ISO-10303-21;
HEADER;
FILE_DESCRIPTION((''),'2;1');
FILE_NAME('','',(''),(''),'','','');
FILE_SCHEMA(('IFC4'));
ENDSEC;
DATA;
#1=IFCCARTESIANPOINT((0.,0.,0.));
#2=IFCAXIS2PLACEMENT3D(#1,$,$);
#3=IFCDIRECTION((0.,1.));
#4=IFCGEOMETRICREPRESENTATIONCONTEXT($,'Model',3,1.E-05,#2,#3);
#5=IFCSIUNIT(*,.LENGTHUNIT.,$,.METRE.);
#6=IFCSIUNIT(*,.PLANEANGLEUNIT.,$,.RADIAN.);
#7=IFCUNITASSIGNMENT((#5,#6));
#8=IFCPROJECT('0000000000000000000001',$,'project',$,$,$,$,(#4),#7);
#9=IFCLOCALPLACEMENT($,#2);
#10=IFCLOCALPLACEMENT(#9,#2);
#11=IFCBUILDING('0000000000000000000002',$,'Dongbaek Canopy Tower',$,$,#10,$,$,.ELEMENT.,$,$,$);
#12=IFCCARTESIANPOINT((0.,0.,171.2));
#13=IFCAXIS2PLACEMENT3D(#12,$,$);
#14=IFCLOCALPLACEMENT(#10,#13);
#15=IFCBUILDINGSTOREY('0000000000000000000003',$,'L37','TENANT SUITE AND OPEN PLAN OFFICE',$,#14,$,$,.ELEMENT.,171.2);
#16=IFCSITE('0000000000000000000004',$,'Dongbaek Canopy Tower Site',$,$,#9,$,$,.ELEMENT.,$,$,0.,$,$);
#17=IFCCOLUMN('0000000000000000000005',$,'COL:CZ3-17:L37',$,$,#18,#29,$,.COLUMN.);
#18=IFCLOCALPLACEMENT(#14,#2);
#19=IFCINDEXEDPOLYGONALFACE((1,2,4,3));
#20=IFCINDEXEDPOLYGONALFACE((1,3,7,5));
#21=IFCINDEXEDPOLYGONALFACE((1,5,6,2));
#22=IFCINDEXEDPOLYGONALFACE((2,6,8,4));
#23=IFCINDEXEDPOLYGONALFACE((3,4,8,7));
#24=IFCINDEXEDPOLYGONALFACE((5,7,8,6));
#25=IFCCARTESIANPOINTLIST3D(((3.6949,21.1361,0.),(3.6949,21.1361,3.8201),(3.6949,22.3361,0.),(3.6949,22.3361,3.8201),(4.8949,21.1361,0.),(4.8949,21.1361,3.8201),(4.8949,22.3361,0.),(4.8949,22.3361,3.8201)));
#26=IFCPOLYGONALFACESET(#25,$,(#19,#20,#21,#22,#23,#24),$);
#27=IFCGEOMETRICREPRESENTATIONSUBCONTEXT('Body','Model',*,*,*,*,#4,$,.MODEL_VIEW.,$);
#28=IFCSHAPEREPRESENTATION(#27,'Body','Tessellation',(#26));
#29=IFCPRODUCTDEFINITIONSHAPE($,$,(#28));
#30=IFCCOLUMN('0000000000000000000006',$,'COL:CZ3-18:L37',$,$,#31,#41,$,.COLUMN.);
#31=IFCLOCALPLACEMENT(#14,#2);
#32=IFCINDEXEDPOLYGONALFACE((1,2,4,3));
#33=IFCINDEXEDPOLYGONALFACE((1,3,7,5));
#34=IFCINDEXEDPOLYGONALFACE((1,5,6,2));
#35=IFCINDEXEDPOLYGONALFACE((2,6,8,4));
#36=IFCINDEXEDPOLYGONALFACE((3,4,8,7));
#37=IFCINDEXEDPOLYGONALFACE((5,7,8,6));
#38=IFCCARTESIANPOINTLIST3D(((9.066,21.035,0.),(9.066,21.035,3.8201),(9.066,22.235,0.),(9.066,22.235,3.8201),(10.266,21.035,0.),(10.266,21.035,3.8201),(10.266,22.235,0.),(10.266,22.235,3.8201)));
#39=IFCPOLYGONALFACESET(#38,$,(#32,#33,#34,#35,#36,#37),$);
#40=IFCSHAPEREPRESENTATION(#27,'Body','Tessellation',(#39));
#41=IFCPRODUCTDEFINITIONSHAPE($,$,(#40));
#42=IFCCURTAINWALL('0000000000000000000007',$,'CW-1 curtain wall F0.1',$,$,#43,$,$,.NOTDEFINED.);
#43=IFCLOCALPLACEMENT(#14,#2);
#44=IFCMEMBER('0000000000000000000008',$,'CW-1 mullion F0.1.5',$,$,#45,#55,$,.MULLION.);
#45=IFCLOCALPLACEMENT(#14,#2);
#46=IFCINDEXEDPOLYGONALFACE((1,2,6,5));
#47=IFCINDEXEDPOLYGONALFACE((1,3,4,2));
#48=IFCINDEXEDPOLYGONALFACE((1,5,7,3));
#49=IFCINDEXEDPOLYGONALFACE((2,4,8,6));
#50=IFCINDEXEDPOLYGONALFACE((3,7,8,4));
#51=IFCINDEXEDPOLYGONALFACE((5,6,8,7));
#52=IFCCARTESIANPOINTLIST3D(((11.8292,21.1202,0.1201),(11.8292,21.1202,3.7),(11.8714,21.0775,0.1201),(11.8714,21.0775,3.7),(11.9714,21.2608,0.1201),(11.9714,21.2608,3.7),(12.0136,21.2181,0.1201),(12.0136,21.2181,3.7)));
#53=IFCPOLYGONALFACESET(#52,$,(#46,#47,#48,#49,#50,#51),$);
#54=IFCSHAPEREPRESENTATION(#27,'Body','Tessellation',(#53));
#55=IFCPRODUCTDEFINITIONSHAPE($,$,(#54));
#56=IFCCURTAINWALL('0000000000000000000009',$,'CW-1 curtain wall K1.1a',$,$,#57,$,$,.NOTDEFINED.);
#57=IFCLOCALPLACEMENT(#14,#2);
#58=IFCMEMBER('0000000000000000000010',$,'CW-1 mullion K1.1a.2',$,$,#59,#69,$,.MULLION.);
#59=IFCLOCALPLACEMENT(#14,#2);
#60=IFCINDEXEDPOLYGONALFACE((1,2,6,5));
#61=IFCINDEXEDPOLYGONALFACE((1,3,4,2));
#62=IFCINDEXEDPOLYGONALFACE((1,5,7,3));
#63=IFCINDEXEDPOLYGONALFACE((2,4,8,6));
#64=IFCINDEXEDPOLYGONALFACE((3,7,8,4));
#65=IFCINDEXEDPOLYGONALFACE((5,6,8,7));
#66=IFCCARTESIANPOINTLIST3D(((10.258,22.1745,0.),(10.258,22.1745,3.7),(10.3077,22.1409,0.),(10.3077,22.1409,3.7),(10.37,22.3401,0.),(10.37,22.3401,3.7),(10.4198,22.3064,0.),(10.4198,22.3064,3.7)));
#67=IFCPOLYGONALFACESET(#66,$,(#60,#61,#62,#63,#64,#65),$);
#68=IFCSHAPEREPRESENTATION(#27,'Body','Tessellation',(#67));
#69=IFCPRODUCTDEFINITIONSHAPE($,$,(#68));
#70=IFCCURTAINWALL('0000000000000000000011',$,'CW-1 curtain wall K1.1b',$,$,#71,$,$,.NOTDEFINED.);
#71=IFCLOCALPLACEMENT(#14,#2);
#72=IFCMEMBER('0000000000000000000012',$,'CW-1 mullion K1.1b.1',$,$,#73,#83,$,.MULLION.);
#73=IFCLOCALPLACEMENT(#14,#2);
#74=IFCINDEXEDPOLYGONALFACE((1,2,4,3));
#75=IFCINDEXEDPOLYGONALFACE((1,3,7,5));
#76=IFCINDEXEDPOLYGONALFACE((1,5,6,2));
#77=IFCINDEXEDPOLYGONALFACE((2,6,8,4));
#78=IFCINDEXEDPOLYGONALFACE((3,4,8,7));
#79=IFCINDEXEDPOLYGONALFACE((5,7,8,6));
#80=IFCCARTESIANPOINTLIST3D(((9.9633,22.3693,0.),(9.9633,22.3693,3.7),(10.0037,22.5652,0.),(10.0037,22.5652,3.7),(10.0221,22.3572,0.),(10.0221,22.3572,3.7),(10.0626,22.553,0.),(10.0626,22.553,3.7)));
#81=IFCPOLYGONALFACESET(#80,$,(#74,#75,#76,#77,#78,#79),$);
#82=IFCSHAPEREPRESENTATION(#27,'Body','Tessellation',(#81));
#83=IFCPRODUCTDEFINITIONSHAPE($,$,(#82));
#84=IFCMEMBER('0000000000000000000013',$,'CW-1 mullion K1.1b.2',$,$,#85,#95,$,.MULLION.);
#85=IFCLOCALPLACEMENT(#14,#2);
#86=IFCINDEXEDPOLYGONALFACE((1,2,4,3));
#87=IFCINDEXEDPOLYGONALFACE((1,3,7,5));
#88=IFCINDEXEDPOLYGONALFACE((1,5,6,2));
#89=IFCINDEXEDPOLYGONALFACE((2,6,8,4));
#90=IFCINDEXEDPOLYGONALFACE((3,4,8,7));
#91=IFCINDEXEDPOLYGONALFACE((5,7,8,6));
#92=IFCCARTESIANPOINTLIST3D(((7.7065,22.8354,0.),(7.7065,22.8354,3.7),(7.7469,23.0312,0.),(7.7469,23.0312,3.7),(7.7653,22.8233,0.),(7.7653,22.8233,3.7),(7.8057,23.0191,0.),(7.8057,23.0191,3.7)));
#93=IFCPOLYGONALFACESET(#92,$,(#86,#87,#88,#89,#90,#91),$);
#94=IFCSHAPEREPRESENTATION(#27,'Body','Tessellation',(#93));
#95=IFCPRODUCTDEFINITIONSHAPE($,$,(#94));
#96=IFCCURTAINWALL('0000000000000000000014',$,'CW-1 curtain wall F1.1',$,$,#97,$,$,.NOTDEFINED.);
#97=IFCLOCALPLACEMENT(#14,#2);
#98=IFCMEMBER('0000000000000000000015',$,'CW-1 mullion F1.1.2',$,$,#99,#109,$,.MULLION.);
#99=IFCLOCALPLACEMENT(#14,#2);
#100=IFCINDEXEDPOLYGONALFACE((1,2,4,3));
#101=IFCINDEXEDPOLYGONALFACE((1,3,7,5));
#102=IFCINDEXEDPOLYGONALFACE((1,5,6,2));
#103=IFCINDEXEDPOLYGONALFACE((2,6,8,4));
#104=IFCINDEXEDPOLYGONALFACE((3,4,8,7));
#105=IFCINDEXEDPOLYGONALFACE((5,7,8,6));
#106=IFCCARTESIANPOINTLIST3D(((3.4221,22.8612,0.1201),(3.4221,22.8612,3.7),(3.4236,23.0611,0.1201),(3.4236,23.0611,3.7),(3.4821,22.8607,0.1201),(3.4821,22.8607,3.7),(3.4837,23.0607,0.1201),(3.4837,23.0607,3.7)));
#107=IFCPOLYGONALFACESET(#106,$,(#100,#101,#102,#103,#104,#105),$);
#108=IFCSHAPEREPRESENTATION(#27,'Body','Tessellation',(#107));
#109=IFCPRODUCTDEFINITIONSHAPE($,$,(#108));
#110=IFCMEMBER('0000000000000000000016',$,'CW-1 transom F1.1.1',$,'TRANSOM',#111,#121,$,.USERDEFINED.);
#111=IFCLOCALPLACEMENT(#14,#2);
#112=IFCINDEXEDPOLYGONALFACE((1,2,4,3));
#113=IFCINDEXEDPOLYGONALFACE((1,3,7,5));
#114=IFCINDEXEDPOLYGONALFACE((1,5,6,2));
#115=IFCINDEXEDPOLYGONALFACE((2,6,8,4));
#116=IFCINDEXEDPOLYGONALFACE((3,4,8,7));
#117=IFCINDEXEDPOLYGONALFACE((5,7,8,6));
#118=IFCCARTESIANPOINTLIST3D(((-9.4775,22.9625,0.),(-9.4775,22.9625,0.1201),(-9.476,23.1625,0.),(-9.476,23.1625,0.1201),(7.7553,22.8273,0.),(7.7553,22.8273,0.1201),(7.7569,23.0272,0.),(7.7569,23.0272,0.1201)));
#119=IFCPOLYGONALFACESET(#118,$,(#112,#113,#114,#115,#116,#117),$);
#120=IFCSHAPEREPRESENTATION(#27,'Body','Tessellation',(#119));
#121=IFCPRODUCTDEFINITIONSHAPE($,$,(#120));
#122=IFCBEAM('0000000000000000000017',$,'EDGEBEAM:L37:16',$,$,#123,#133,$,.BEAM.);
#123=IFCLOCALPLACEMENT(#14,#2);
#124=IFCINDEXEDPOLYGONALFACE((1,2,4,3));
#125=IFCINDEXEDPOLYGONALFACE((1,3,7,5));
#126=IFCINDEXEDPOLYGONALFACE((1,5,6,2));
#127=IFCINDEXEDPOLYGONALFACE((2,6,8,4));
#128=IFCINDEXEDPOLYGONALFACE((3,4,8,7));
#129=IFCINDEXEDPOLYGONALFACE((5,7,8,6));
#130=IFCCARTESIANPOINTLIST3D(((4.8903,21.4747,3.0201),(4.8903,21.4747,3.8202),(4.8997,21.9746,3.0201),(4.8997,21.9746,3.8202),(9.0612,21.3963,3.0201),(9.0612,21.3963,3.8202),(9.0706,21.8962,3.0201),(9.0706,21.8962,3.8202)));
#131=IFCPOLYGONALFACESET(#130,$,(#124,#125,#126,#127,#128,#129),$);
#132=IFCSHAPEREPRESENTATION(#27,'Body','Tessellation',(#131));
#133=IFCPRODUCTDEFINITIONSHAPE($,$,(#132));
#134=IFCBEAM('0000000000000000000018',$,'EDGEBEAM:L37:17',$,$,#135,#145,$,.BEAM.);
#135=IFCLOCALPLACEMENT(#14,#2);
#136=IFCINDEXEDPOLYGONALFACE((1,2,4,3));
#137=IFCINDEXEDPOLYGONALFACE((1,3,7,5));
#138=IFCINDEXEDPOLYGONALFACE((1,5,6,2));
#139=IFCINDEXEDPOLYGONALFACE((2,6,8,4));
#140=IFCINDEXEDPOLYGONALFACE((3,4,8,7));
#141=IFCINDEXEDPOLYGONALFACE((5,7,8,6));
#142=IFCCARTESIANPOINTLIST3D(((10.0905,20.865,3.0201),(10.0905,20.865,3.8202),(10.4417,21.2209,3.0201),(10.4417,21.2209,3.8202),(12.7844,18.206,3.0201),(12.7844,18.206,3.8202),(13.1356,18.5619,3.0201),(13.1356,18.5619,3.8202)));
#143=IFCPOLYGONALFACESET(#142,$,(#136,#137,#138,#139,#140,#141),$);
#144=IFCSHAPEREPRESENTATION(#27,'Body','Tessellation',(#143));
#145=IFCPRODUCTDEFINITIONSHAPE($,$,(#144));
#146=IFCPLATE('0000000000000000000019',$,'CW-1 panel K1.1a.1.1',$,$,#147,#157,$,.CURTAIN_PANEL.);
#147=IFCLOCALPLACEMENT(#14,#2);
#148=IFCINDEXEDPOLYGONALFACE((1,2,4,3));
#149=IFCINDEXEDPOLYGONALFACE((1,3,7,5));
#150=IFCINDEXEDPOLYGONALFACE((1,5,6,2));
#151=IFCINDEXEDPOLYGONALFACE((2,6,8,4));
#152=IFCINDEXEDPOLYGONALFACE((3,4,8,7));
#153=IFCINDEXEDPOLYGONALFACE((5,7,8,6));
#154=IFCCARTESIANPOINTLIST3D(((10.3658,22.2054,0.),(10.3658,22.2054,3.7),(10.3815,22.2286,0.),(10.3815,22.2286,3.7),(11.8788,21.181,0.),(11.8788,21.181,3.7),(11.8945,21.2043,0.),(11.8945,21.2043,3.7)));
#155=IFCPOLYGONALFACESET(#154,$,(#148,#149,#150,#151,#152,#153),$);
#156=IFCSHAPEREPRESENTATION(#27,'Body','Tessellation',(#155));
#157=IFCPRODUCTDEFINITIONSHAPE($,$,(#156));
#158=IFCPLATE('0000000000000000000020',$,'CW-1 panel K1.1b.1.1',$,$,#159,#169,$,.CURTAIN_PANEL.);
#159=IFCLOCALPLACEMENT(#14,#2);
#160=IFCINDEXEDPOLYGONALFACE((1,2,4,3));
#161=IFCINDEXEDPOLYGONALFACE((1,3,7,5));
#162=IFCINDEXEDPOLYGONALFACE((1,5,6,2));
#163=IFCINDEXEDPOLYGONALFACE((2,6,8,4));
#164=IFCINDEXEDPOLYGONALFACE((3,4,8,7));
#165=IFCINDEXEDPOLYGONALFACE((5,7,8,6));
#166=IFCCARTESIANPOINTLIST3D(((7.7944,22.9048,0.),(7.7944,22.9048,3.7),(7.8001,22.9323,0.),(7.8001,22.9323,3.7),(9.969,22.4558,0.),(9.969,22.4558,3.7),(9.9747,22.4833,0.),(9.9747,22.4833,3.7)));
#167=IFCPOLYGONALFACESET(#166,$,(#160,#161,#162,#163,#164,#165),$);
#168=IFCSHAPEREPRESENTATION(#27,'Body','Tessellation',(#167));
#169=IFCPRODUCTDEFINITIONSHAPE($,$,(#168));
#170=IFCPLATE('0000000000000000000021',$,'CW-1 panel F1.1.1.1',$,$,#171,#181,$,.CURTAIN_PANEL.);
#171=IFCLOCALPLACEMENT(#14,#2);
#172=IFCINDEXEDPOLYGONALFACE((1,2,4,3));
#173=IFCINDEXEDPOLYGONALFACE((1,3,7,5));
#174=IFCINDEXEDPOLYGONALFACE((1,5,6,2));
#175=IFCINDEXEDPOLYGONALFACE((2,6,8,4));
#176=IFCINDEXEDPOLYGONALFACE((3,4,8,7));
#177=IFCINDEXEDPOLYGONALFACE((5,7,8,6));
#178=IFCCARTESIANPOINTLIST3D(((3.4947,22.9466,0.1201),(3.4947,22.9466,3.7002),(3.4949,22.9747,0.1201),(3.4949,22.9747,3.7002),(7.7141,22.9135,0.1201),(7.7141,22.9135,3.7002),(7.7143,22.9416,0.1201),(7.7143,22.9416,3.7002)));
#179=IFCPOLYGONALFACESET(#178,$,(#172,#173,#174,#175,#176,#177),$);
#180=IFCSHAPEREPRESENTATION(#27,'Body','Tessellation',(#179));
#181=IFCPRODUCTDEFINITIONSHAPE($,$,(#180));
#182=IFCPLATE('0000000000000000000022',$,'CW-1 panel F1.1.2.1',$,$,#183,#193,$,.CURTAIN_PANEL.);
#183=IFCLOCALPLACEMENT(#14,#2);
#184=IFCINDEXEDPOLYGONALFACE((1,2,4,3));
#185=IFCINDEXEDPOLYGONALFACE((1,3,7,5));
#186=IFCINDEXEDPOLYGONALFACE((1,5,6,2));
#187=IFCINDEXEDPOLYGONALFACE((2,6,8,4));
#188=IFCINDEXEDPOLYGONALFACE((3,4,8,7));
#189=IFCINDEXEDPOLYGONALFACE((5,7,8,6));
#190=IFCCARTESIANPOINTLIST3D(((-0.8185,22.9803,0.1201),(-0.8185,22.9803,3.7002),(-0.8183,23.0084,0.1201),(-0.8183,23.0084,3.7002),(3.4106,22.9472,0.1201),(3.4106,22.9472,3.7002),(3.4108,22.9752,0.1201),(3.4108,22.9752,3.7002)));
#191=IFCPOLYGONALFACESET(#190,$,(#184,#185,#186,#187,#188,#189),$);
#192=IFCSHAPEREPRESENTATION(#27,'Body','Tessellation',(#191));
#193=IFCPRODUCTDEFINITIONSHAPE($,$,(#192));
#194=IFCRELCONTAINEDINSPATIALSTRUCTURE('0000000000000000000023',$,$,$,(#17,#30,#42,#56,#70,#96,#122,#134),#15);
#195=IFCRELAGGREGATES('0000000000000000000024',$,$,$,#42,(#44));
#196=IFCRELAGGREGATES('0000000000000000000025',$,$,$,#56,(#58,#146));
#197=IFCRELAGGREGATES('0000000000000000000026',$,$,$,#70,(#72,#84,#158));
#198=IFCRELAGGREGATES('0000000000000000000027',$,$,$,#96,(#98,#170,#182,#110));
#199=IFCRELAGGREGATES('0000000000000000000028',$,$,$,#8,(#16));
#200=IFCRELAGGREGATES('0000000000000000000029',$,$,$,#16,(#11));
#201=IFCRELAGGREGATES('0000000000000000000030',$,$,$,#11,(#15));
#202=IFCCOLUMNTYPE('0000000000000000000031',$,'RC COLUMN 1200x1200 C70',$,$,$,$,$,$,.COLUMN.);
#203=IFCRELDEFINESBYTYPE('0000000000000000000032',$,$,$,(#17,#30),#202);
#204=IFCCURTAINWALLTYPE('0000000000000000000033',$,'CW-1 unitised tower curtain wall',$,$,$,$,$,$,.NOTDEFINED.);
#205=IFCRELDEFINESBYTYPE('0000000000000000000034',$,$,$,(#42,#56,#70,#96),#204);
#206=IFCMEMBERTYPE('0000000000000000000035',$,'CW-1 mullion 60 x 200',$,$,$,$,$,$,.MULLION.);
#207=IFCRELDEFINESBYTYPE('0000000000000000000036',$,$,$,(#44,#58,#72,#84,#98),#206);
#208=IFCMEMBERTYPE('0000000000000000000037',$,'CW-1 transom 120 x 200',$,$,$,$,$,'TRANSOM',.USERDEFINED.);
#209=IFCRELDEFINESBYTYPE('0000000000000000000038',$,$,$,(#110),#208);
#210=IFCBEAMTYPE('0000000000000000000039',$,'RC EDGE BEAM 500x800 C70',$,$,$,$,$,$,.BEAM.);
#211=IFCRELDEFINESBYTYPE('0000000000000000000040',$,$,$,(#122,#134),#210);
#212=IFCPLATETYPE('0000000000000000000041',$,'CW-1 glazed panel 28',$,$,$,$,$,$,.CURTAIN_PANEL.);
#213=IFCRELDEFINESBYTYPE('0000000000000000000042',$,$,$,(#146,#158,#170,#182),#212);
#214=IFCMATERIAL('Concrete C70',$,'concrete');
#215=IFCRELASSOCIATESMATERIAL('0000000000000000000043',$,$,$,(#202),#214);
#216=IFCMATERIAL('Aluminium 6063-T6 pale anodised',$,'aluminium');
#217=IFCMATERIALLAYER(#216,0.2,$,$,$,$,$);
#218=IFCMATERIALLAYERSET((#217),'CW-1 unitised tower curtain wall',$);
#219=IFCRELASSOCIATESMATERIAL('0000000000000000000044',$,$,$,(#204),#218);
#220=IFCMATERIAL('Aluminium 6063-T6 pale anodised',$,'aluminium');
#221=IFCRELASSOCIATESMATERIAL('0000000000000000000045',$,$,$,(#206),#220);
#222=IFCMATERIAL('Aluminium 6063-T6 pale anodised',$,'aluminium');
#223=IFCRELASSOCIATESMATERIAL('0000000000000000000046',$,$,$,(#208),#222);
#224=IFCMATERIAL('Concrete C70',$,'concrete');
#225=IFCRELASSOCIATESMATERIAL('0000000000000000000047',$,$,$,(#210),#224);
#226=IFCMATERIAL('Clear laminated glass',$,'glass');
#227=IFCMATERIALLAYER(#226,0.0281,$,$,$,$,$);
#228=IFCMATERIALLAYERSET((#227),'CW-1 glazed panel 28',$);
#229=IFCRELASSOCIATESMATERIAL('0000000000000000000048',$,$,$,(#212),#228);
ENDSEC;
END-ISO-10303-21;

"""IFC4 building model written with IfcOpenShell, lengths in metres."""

from ifc_helpers import new_model, si_unit, direction, frame, origin, origin_2d, place, context, subcontext, project, spatial, rectangle, extrude, material, layer, layer_set, material_profile, profile_set, type_object, element, aggregate, save


model = new_model("IFC4")

# Units and contexts
model_context = context("Model", 3, precision=1e-05, world=origin(), true_north=direction((0.0, 1.0)))
body_context = subcontext(model_context, "Body", "Model", "MODEL_VIEW")
ifc_project = project(units=[si_unit("LENGTHUNIT", "METRE"), si_unit("PLANEANGLEUNIT", "RADIAN")], contexts=[model_context])

# Site, building, storey
site_placement = place(None, origin())
site = spatial("IfcSite", under=ifc_project, at=site_placement, Name="Dongbaek Canopy Tower Site", CompositionType="ELEMENT", RefElevation=0.0)
building_placement = place(site_placement, origin())
building = spatial("IfcBuilding", under=site, at=building_placement, Name="Dongbaek Canopy Tower", CompositionType="ELEMENT")
storey_placement = place(building_placement, frame((0.0, 0.0, 171.2)))
storey = spatial("IfcBuildingStorey", under=building, at=storey_placement, Name="L37", Description="TENANT SUITE AND OPEN PLAN OFFICE", CompositionType="ELEMENT", Elevation=171.2)

# Columns
ifc_material_1 = material(Name="Concrete C70", Category="concrete")
ifc_material_profile_1 = material_profile(ifc_material_1, rectangle(XDim=1.2, YDim=1.2, at=origin_2d()), Name="RC COLUMN 1200x1200 C70")
ifc_profile_set_1 = profile_set([ifc_material_profile_1], Name="Concrete C70")
column_type = type_object("IfcColumnType", Name="RC COLUMN 1200x1200 C70", PredefinedType="COLUMN", material=ifc_profile_set_1)
for number, where, z_axis, x_axis, name in (
    (1, (4.2949, 21.7361, 0.0), (0.0, 0.0, 1.0), (1.0, 0.0, 0.0), "COL:CZ3-17:L37"),
    (2, (9.666, 21.635, 0.0), (0.0, 0.0, 1.0), (1.0, 0.0, 0.0), "COL:CZ3-18:L37"),
):
    element("IfcColumn", number, at=place(storey_placement, frame(where, z_axis=z_axis, x_axis=x_axis)), inside=storey, type_object=column_type, Name=name, PredefinedType="COLUMN", context=body_context, shape_type="SweptSolid", body=[
        extrude(rectangle(XDim=1.2, YDim=1.2, at=origin_2d()), origin(), (0.0, 0.0, 1.0), 3.8201),
    ])

# Curtain walls, members
ifc_material_2 = material(Name="Aluminium 6063-T6 pale anodised", Category="aluminium")
ifc_layer_1 = layer(ifc_material_2, 0.2)
ifc_layer_set_1 = layer_set([ifc_layer_1], Name="CW-1 unitised tower curtain wall")
curtain_wall_type = type_object("IfcCurtainWallType", Name="CW-1 unitised tower curtain wall", PredefinedType="NOTDEFINED", material=ifc_layer_set_1)
curtain_wall_1_placement = place(storey_placement, origin())
curtain_wall_1 = element("IfcCurtainWall", 3, at=curtain_wall_1_placement, inside=storey, type_object=curtain_wall_type, Name="CW-1 curtain wall F0.1", PredefinedType="NOTDEFINED")
ifc_material_3 = material(Name="Aluminium 6063-T6 pale anodised", Category="aluminium")
ifc_material_profile_2 = material_profile(ifc_material_3, rectangle(XDim=0.2, YDim=0.0601, at=origin_2d()), Name="CW-1 mullion 60 x 200")
ifc_profile_set_2 = profile_set([ifc_material_profile_2], Name="Aluminium 6063-T6 pale anodised")
member_type_1 = type_object("IfcMemberType", Name="CW-1 mullion 60 x 200", PredefinedType="MULLION", material=ifc_profile_set_2)
member_1_placement = place(storey_placement, frame((11.9214, 21.1692, 0.1201), z_axis=(0.0, 0.0, 1.0), x_axis=(0.710991, 0.703201, 0.0)))
member_1 = element("IfcMember", 4, at=member_1_placement, type_object=member_type_1, Name="CW-1 mullion F0.1.5", PredefinedType="MULLION", context=body_context, shape_type="SweptSolid", body=[
    extrude(rectangle(XDim=0.2, YDim=0.0601, at=origin_2d()), origin(), (0.0, 0.0, 1.0), 3.5798),
])
aggregate(curtain_wall_1, [member_1])
curtain_wall_2_placement = place(storey_placement, origin())
curtain_wall_2 = element("IfcCurtainWall", 5, at=curtain_wall_2_placement, inside=storey, type_object=curtain_wall_type, Name="CW-1 curtain wall K1.1a", PredefinedType="NOTDEFINED")
member_2_placement = place(storey_placement, frame((10.3389, 22.2405, 0.0), z_axis=(0.0, 0.0, 1.0), x_axis=(0.560626, 0.828069, 0.0)))
member_2 = element("IfcMember", 6, at=member_2_placement, type_object=member_type_1, Name="CW-1 mullion K1.1a.2", PredefinedType="MULLION", context=body_context, shape_type="SweptSolid", body=[
    extrude(rectangle(XDim=0.2, YDim=0.0601, at=origin_2d()), origin(), (0.0, 0.0, 1.0), 3.7),
])

# Curtain walls, members
curtain_wall_3_placement = place(storey_placement, origin())
curtain_wall_3 = element("IfcCurtainWall", 7, at=curtain_wall_3_placement, inside=storey, type_object=curtain_wall_type, Name="CW-1 curtain wall K1.1b", PredefinedType="NOTDEFINED")
member_3_placement = place(storey_placement, frame((10.0129, 22.4612, 0.0), z_axis=(0.0, 0.0, 1.0), x_axis=(0.202208, 0.979343, 0.0)))
member_3 = element("IfcMember", 8, at=member_3_placement, type_object=member_type_1, Name="CW-1 mullion K1.1b.1", PredefinedType="MULLION", context=body_context, shape_type="SweptSolid", body=[
    extrude(rectangle(XDim=0.2, YDim=0.0601, at=origin_2d()), origin(), (0.0, 0.0, 1.0), 3.7),
])
member_4_placement = place(storey_placement, frame((7.7561, 22.9272, 0.0), z_axis=(0.0, 0.0, 1.0), x_axis=(0.202208, 0.979343, 0.0)))
member_4 = element("IfcMember", 9, at=member_4_placement, type_object=member_type_1, Name="CW-1 mullion K1.1b.2", PredefinedType="MULLION", context=body_context, shape_type="SweptSolid", body=[
    extrude(rectangle(XDim=0.2, YDim=0.0601, at=origin_2d()), origin(), (0.0, 0.0, 1.0), 3.7),
])
curtain_wall_4_placement = place(storey_placement, origin())
curtain_wall_4 = element("IfcCurtainWall", 10, at=curtain_wall_4_placement, inside=storey, type_object=curtain_wall_type, Name="CW-1 curtain wall F1.1", PredefinedType="NOTDEFINED")
member_5_placement = place(storey_placement, frame((3.4529, 22.9609, 0.1201), z_axis=(0.0, 0.0, 1.0), x_axis=(0.007847, 0.999969, 0.0)))
member_5 = element("IfcMember", 11, at=member_5_placement, type_object=member_type_1, Name="CW-1 mullion F1.1.2", PredefinedType="MULLION", context=body_context, shape_type="SweptSolid", body=[
    extrude(rectangle(XDim=0.2, YDim=0.0601, at=origin_2d()), origin(), (0.0, 0.0, 1.0), 3.5798),
])
ifc_material_4 = material(Name="Aluminium 6063-T6 pale anodised", Category="aluminium")
ifc_material_profile_3 = material_profile(ifc_material_4, rectangle(XDim=0.2, YDim=0.1201, at=origin_2d()), Name="CW-1 transom 120 x 200")
ifc_profile_set_3 = profile_set([ifc_material_profile_3], Name="Aluminium 6063-T6 pale anodised")
member_type_2 = type_object("IfcMemberType", Name="CW-1 transom 120 x 200", ElementType="TRANSOM", PredefinedType="USERDEFINED", material=ifc_profile_set_3)
member_6_placement = place(storey_placement, frame((7.7561, 22.9272, 0.0601), z_axis=(-0.999969, 0.007848, 0.0), x_axis=(-0.007848, -0.999969, 0.0)))
member_6 = element("IfcMember", 12, at=member_6_placement, type_object=member_type_2, Name="CW-1 transom F1.1.1", ObjectType="TRANSOM", PredefinedType="USERDEFINED", context=body_context, shape_type="SweptSolid", body=[
    extrude(rectangle(XDim=0.2, YDim=0.1201, at=origin_2d()), origin(), (0.0, 0.0, 1.0), 17.2334),
])

# Beams
ifc_material_5 = material(Name="Concrete C70", Category="concrete")
ifc_material_profile_4 = material_profile(ifc_material_5, rectangle(XDim=0.5, YDim=0.8, at=origin_2d()), Name="RC EDGE BEAM 500x800 C70")
ifc_profile_set_4 = profile_set([ifc_material_profile_4], Name="Concrete C70")
beam_type = type_object("IfcBeamType", Name="RC EDGE BEAM 500x800 C70", PredefinedType="BEAM", material=ifc_profile_set_4)
beam_1_placement = place(storey_placement, frame((4.895, 21.7246, 3.4202), z_axis=(0.999824, -0.018786, 0.0), x_axis=(0.018786, 0.999824, 0.0)))
element("IfcBeam", 13, at=beam_1_placement, inside=storey, type_object=beam_type, Name="EDGEBEAM:L37:16", PredefinedType="BEAM", context=body_context, shape_type="SweptSolid", body=[
    extrude(rectangle(XDim=0.5, YDim=0.8, at=origin_2d()), origin(), (0.0, 0.0, 1.0), 4.1716),
])
beam_2_placement = place(storey_placement, frame((10.2661, 21.043, 3.4202), z_axis=(0.711704, -0.70248, 0.0), x_axis=(0.70248, 0.711704, 0.0)))
element("IfcBeam", 14, at=beam_2_placement, inside=storey, type_object=beam_type, Name="EDGEBEAM:L37:17", PredefinedType="BEAM", context=body_context, shape_type="SweptSolid", body=[
    extrude(rectangle(XDim=0.5, YDim=0.8, at=origin_2d()), origin(), (0.0, 0.0, 1.0), 3.7852),
])

# Plates
ifc_material_6 = material(Name="Clear laminated glass", Category="glass")
ifc_layer_2 = layer(ifc_material_6, 0.0281)
ifc_layer_set_2 = layer_set([ifc_layer_2], Name="CW-1 glazed panel 28")
plate_type = type_object("IfcPlateType", Name="CW-1 glazed panel 28", PredefinedType="CURTAIN_PANEL", material=ifc_layer_set_2)
plate_1_placement = place(storey_placement, frame((11.1301, 21.7048, 0.0), z_axis=(0.0, 0.0, 1.0), x_axis=(-0.828069, 0.560626, 0.0)))
plate_1 = element("IfcPlate", 15, at=plate_1_placement, type_object=plate_type, Name="CW-1 panel K1.1a.1.1", PredefinedType="CURTAIN_PANEL", context=body_context, shape_type="SweptSolid", body=[
    extrude(rectangle(XDim=1.8271, YDim=0.0281, at=origin_2d()), origin(), (0.0, 0.0, 1.0), 3.7),
])
aggregate(curtain_wall_2, [member_2, plate_1])
plate_2_placement = place(storey_placement, frame((8.8845, 22.6941, 0.0), z_axis=(0.0, 0.0, 1.0), x_axis=(-0.979343, 0.202208, 0.0)))
plate_2 = element("IfcPlate", 16, at=plate_2_placement, type_object=plate_type, Name="CW-1 panel K1.1b.1.1", PredefinedType="CURTAIN_PANEL", context=body_context, shape_type="SweptSolid", body=[
    extrude(rectangle(XDim=2.2205, YDim=0.0281, at=origin_2d()), origin(), (0.0, 0.0, 1.0), 3.7),
])
aggregate(curtain_wall_3, [member_3, member_4, plate_2])
plate_3_placement = place(storey_placement, frame((5.6045, 22.9441, 0.1201), z_axis=(0.0, 0.0, 1.0), x_axis=(-0.999969, 0.007847, 0.0)))
plate_3 = element("IfcPlate", 17, at=plate_3_placement, type_object=plate_type, Name="CW-1 panel F1.1.1.1", PredefinedType="CURTAIN_PANEL", context=body_context, shape_type="SweptSolid", body=[
    extrude(rectangle(XDim=4.2195, YDim=0.0281, at=origin_2d()), origin(), (0.0, 0.0, 1.0), 3.5801),
])
plate_4_placement = place(storey_placement, frame((1.2961, 22.9778, 0.1201), z_axis=(0.0, 0.0, 1.0), x_axis=(-0.999969, 0.007847, 0.0)))
plate_4 = element("IfcPlate", 18, at=plate_4_placement, type_object=plate_type, Name="CW-1 panel F1.1.2.1", PredefinedType="CURTAIN_PANEL", context=body_context, shape_type="SweptSolid", body=[
    extrude(rectangle(XDim=4.2292, YDim=0.0281, at=origin_2d()), origin(), (0.0, 0.0, 1.0), 3.5801),
])

aggregate(curtain_wall_4, [member_5, plate_3, plate_4, member_6])

save(model, "model.ifc")
